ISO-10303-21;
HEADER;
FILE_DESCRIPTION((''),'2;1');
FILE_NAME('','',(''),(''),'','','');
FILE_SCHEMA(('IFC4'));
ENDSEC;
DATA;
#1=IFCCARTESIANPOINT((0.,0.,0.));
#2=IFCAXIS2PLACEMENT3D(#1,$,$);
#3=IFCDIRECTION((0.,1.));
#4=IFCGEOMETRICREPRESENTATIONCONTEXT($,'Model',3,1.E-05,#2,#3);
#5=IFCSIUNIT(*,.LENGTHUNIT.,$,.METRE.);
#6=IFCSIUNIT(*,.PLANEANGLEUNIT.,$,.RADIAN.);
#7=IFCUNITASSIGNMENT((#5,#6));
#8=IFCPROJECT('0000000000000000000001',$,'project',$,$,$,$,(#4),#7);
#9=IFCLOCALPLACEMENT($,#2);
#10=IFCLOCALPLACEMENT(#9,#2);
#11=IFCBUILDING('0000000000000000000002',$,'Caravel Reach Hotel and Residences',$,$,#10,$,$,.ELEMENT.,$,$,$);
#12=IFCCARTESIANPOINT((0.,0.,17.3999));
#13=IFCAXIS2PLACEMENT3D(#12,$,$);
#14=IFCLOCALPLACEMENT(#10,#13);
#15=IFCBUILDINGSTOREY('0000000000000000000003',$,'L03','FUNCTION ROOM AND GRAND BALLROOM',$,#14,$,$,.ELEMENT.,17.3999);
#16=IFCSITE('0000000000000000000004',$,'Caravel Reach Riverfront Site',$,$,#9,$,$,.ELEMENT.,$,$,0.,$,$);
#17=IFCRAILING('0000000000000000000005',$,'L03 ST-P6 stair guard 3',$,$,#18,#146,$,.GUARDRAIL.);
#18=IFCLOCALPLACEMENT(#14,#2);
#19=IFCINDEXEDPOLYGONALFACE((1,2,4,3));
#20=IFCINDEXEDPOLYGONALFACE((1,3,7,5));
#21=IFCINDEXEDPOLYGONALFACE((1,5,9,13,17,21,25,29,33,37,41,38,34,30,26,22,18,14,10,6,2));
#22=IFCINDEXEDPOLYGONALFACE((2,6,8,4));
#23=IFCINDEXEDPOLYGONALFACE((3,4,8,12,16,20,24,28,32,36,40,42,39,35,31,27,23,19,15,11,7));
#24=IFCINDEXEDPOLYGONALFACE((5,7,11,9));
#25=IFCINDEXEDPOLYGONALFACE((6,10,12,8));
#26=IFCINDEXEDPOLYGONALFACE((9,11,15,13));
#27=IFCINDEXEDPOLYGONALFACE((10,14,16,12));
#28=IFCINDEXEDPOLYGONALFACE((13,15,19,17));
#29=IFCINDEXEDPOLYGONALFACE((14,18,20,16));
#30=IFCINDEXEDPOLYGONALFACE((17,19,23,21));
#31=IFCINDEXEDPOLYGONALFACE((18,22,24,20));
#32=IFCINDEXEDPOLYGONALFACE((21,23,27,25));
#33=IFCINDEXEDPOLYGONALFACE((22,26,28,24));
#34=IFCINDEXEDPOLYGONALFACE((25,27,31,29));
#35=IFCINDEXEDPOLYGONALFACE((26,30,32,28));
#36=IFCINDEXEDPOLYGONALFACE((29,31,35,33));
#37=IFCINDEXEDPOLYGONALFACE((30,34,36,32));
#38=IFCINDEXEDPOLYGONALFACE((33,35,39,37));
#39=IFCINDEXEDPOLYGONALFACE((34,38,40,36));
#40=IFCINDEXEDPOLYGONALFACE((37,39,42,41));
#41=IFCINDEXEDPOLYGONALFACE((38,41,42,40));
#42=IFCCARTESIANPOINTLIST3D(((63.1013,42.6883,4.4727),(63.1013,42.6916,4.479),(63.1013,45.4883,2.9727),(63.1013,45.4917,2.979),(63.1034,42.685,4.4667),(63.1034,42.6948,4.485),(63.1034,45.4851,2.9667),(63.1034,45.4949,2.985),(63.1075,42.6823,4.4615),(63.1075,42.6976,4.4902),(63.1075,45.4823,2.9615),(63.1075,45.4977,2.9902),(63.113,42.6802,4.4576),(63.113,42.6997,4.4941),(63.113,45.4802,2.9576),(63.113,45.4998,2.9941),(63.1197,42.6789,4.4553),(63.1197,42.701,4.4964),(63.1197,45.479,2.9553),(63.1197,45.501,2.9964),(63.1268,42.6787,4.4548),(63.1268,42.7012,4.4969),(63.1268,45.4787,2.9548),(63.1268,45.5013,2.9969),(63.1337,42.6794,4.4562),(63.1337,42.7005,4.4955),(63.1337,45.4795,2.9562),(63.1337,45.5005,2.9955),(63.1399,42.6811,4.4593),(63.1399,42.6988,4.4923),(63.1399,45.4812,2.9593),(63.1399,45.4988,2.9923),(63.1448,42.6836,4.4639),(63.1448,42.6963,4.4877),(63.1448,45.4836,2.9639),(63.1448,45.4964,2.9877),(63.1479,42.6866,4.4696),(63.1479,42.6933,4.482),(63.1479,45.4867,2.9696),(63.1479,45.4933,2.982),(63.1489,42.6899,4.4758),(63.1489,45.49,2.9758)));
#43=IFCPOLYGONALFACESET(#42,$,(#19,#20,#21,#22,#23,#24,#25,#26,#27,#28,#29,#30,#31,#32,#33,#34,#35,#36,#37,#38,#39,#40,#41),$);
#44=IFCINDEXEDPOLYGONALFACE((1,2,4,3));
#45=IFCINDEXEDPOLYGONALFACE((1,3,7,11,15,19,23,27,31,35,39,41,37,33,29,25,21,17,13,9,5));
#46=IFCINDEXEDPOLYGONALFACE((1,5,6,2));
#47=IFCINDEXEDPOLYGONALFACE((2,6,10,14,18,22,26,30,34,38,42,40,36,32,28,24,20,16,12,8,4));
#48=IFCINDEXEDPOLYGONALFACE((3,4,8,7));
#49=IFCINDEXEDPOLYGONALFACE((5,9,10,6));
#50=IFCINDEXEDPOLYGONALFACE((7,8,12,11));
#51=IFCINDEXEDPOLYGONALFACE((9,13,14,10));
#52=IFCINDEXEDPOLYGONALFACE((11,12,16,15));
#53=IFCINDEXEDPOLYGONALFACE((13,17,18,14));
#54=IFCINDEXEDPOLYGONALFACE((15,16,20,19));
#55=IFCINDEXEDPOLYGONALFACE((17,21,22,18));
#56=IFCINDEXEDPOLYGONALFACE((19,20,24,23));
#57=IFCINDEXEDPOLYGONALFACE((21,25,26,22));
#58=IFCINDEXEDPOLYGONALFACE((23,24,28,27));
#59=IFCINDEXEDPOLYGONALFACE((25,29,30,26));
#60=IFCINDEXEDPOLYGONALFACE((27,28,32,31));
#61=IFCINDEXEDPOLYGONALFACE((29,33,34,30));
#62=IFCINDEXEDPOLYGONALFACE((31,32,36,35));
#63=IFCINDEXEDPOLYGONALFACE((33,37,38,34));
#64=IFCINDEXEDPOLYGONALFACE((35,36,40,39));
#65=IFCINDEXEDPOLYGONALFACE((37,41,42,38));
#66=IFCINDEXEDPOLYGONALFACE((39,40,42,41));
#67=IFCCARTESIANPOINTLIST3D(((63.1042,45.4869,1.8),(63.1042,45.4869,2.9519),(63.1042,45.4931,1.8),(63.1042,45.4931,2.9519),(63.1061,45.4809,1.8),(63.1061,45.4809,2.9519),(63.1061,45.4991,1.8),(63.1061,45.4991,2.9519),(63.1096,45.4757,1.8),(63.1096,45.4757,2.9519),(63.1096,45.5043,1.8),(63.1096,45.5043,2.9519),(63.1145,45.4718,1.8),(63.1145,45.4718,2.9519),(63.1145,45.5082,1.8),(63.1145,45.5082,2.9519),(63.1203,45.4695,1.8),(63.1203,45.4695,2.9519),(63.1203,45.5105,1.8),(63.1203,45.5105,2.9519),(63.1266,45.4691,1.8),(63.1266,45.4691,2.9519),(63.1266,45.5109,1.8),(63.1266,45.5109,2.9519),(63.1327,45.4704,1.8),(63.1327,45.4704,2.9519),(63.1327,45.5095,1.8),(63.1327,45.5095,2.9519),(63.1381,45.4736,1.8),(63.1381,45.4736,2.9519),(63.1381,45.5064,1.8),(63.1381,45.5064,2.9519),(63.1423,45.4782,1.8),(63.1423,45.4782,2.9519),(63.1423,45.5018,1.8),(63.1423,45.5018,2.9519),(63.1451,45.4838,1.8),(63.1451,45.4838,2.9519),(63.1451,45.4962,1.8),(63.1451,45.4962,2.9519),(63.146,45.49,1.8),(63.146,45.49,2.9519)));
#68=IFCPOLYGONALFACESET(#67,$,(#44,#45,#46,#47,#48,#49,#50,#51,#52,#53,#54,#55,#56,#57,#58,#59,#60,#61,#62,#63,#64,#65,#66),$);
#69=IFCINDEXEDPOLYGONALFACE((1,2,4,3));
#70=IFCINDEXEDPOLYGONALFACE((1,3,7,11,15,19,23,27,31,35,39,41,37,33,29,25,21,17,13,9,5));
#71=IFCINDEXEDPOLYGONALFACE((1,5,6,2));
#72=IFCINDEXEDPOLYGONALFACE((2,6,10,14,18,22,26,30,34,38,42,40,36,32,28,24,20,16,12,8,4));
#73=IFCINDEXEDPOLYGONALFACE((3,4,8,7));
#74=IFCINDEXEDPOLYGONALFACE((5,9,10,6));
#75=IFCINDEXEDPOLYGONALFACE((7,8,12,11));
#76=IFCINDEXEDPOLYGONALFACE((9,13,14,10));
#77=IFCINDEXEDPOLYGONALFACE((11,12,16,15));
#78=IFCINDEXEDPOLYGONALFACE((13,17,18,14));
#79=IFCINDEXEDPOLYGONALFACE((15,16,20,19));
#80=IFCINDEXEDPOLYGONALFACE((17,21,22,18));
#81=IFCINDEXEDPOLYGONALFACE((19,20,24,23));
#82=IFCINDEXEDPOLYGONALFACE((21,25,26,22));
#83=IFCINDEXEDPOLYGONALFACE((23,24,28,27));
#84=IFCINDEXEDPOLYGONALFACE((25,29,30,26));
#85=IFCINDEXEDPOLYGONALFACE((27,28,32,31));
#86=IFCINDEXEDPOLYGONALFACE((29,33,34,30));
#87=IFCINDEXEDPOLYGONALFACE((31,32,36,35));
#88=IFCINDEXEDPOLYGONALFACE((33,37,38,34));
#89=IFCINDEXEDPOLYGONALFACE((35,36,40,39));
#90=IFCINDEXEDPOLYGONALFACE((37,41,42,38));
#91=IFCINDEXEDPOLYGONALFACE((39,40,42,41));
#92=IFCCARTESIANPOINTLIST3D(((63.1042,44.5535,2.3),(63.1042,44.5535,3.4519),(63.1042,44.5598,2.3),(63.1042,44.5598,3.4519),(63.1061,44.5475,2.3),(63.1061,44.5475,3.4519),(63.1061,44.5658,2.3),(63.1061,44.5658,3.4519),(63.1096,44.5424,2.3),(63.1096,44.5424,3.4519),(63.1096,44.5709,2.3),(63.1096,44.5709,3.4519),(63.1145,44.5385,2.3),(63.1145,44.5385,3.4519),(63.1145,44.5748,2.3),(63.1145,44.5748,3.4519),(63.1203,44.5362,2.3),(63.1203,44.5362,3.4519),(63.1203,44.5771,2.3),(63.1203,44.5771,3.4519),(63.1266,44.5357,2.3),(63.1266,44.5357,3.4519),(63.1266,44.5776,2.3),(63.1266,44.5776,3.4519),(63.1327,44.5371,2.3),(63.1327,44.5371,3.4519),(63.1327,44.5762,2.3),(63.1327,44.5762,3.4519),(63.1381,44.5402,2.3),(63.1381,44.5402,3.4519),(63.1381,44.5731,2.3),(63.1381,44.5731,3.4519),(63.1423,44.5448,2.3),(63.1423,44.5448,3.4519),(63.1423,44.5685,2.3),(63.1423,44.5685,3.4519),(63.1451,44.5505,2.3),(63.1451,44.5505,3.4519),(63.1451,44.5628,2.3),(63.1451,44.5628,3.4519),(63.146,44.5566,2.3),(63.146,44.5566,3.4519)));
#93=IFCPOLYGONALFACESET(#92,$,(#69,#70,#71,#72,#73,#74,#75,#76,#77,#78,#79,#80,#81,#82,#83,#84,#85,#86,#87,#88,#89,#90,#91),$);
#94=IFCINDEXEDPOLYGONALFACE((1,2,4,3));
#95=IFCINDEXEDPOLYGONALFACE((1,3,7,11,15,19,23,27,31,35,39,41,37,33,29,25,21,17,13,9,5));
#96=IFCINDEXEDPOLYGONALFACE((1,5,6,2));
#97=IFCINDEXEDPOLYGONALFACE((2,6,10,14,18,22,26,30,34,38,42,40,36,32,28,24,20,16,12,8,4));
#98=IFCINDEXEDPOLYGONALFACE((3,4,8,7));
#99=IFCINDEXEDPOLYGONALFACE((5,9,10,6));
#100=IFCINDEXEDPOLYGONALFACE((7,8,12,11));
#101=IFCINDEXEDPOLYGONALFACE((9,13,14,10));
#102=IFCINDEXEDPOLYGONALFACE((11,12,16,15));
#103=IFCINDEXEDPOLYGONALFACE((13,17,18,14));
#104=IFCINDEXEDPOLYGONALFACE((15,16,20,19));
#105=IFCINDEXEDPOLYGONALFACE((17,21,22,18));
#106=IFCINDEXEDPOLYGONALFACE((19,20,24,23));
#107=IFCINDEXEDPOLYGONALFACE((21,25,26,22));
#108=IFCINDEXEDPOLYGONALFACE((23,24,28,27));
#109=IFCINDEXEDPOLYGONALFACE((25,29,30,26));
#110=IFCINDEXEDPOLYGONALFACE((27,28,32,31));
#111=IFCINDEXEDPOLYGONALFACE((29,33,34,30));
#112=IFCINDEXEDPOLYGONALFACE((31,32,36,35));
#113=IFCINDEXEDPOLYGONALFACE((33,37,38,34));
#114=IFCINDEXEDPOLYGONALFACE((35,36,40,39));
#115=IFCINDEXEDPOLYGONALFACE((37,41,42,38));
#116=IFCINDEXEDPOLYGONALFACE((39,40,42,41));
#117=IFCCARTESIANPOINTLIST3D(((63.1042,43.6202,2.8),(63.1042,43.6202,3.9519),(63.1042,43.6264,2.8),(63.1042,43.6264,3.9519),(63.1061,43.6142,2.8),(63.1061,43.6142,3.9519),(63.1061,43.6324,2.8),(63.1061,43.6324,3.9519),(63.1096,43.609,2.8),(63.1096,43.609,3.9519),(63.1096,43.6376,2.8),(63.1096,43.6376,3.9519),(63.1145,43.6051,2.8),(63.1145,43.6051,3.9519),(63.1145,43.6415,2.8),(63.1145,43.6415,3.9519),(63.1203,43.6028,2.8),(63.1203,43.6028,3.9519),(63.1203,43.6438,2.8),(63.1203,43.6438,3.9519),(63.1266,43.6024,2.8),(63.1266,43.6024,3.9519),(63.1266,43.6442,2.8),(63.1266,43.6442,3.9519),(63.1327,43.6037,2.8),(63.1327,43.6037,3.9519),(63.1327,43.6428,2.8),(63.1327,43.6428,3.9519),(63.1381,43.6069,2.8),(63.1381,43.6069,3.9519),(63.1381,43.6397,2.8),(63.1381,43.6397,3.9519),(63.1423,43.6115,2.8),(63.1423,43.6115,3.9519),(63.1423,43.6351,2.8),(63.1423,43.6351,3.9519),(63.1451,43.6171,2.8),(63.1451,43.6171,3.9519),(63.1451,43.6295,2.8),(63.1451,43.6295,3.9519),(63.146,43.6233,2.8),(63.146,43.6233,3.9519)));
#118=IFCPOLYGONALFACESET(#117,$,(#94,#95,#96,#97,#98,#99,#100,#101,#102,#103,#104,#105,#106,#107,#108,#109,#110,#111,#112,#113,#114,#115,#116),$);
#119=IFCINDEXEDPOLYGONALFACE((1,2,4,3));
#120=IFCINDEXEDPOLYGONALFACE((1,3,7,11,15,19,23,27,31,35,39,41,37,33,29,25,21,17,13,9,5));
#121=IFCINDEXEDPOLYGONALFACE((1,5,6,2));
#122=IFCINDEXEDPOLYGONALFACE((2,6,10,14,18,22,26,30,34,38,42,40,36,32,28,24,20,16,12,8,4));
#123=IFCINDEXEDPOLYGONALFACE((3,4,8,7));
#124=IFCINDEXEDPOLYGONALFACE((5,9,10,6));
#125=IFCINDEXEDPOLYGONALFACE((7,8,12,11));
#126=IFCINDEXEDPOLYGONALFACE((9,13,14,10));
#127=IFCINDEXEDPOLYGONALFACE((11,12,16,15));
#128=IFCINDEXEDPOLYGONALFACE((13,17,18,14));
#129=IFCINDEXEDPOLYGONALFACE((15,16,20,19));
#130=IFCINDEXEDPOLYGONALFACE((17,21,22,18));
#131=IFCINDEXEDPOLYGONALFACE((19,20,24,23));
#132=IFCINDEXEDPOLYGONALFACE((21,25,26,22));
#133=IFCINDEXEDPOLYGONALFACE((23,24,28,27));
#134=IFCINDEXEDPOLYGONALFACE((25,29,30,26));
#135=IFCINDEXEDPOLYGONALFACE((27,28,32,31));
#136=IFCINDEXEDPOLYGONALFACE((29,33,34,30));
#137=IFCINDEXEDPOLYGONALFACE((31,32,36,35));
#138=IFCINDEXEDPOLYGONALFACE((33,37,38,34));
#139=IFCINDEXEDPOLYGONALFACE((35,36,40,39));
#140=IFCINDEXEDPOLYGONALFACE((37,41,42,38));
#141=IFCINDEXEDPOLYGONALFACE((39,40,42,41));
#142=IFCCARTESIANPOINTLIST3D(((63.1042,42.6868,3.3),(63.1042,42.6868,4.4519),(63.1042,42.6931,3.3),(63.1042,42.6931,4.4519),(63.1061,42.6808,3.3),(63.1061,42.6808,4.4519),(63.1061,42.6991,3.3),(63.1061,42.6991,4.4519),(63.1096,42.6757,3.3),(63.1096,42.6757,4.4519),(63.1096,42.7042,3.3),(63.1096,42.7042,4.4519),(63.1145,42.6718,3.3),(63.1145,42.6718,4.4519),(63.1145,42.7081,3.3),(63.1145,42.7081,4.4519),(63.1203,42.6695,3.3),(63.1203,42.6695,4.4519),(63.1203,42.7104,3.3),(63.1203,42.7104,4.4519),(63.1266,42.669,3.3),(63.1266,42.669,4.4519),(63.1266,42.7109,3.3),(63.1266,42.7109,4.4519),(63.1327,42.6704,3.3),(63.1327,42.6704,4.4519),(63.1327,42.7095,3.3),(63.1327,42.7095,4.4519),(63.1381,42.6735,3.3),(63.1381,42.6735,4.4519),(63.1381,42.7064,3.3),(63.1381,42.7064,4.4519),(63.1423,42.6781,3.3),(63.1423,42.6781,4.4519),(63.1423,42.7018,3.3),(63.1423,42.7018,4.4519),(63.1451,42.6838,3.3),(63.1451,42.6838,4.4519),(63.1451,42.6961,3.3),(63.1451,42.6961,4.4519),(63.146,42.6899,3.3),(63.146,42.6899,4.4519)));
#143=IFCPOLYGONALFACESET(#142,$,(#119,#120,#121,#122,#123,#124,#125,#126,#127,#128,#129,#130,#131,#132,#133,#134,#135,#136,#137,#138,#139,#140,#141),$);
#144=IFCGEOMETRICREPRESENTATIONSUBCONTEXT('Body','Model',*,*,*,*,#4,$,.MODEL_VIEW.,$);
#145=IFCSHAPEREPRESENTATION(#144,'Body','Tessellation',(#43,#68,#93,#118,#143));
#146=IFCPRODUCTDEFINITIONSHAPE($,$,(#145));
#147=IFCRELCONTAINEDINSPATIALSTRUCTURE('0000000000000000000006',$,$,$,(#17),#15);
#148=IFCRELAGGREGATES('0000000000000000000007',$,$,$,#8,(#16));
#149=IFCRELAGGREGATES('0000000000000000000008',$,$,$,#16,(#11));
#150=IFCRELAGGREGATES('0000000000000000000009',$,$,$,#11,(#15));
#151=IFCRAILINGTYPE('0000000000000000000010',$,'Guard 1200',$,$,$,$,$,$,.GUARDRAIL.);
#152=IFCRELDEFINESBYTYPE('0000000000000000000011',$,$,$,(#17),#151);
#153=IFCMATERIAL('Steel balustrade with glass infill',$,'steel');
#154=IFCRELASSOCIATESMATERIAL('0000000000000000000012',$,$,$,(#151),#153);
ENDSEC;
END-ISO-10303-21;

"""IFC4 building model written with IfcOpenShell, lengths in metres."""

from ifc_helpers import new_model, si_unit, direction, frame, origin, origin_2d, place, context, subcontext, project, spatial, circle, extrude, material, type_object, element, save


model = new_model("IFC4")

# Units and contexts
model_context = context("Model", 3, precision=1e-05, world=origin(), true_north=direction((0.0, 1.0)))
body_context = subcontext(model_context, "Body", "Model", "MODEL_VIEW")
ifc_project = project(units=[si_unit("LENGTHUNIT", "METRE"), si_unit("PLANEANGLEUNIT", "RADIAN")], contexts=[model_context])

# Site, building, storey
site_placement = place(None, origin())
site = spatial("IfcSite", under=ifc_project, at=site_placement, Name="Caravel Reach Riverfront Site", CompositionType="ELEMENT", RefElevation=0.0)
building_placement = place(site_placement, origin())
building = spatial("IfcBuilding", under=site, at=building_placement, Name="Caravel Reach Hotel and Residences", CompositionType="ELEMENT")
storey_placement = place(building_placement, frame((0.0, 0.0, 17.3999)))
storey = spatial("IfcBuildingStorey", under=building, at=storey_placement, Name="L03", Description="FUNCTION ROOM AND GRAND BALLROOM", CompositionType="ELEMENT", Elevation=17.3999)

# Railing
ifc_material_1 = material(Name="Steel balustrade with glass infill", Category="steel")
railing_type_1 = type_object("IfcRailingType", Name="Guard 1200", PredefinedType="GUARDRAIL", material=ifc_material_1)
railing_placement = place(storey_placement, frame((63.125, 45.49, 1.8)))
element("IfcRailing", 1, at=railing_placement, inside=storey, type_object=railing_type_1, Name="L03 ST-P6 stair guard 3", PredefinedType="GUARDRAIL", context=body_context, shape_type="SweptSolid", body=[
    extrude(circle(Radius=0.0239, at=origin_2d()), frame((0.0, 0.0, 1.1758), z_axis=(0.0, -0.881483, 0.472215), x_axis=(1.0, 0.0, 0.0)), (0.0, 0.0, 1.0), 3.1765),
    extrude(circle(Radius=0.021, at=origin_2d()), origin(), (0.0, 0.0, 1.0), 1.1519),
    extrude(circle(Radius=0.021, at=origin_2d()), frame((0.0, -0.9333, 0.5)), (0.0, 0.0, 1.0), 1.1519),
    extrude(circle(Radius=0.021, at=origin_2d()), frame((0.0, -1.8667, 1.0)), (0.0, 0.0, 1.0), 1.1519),
    extrude(circle(Radius=0.021, at=origin_2d()), frame((0.0, -2.8, 1.5)), (0.0, 0.0, 1.0), 1.1519),
])

save(model, "model.ifc")
